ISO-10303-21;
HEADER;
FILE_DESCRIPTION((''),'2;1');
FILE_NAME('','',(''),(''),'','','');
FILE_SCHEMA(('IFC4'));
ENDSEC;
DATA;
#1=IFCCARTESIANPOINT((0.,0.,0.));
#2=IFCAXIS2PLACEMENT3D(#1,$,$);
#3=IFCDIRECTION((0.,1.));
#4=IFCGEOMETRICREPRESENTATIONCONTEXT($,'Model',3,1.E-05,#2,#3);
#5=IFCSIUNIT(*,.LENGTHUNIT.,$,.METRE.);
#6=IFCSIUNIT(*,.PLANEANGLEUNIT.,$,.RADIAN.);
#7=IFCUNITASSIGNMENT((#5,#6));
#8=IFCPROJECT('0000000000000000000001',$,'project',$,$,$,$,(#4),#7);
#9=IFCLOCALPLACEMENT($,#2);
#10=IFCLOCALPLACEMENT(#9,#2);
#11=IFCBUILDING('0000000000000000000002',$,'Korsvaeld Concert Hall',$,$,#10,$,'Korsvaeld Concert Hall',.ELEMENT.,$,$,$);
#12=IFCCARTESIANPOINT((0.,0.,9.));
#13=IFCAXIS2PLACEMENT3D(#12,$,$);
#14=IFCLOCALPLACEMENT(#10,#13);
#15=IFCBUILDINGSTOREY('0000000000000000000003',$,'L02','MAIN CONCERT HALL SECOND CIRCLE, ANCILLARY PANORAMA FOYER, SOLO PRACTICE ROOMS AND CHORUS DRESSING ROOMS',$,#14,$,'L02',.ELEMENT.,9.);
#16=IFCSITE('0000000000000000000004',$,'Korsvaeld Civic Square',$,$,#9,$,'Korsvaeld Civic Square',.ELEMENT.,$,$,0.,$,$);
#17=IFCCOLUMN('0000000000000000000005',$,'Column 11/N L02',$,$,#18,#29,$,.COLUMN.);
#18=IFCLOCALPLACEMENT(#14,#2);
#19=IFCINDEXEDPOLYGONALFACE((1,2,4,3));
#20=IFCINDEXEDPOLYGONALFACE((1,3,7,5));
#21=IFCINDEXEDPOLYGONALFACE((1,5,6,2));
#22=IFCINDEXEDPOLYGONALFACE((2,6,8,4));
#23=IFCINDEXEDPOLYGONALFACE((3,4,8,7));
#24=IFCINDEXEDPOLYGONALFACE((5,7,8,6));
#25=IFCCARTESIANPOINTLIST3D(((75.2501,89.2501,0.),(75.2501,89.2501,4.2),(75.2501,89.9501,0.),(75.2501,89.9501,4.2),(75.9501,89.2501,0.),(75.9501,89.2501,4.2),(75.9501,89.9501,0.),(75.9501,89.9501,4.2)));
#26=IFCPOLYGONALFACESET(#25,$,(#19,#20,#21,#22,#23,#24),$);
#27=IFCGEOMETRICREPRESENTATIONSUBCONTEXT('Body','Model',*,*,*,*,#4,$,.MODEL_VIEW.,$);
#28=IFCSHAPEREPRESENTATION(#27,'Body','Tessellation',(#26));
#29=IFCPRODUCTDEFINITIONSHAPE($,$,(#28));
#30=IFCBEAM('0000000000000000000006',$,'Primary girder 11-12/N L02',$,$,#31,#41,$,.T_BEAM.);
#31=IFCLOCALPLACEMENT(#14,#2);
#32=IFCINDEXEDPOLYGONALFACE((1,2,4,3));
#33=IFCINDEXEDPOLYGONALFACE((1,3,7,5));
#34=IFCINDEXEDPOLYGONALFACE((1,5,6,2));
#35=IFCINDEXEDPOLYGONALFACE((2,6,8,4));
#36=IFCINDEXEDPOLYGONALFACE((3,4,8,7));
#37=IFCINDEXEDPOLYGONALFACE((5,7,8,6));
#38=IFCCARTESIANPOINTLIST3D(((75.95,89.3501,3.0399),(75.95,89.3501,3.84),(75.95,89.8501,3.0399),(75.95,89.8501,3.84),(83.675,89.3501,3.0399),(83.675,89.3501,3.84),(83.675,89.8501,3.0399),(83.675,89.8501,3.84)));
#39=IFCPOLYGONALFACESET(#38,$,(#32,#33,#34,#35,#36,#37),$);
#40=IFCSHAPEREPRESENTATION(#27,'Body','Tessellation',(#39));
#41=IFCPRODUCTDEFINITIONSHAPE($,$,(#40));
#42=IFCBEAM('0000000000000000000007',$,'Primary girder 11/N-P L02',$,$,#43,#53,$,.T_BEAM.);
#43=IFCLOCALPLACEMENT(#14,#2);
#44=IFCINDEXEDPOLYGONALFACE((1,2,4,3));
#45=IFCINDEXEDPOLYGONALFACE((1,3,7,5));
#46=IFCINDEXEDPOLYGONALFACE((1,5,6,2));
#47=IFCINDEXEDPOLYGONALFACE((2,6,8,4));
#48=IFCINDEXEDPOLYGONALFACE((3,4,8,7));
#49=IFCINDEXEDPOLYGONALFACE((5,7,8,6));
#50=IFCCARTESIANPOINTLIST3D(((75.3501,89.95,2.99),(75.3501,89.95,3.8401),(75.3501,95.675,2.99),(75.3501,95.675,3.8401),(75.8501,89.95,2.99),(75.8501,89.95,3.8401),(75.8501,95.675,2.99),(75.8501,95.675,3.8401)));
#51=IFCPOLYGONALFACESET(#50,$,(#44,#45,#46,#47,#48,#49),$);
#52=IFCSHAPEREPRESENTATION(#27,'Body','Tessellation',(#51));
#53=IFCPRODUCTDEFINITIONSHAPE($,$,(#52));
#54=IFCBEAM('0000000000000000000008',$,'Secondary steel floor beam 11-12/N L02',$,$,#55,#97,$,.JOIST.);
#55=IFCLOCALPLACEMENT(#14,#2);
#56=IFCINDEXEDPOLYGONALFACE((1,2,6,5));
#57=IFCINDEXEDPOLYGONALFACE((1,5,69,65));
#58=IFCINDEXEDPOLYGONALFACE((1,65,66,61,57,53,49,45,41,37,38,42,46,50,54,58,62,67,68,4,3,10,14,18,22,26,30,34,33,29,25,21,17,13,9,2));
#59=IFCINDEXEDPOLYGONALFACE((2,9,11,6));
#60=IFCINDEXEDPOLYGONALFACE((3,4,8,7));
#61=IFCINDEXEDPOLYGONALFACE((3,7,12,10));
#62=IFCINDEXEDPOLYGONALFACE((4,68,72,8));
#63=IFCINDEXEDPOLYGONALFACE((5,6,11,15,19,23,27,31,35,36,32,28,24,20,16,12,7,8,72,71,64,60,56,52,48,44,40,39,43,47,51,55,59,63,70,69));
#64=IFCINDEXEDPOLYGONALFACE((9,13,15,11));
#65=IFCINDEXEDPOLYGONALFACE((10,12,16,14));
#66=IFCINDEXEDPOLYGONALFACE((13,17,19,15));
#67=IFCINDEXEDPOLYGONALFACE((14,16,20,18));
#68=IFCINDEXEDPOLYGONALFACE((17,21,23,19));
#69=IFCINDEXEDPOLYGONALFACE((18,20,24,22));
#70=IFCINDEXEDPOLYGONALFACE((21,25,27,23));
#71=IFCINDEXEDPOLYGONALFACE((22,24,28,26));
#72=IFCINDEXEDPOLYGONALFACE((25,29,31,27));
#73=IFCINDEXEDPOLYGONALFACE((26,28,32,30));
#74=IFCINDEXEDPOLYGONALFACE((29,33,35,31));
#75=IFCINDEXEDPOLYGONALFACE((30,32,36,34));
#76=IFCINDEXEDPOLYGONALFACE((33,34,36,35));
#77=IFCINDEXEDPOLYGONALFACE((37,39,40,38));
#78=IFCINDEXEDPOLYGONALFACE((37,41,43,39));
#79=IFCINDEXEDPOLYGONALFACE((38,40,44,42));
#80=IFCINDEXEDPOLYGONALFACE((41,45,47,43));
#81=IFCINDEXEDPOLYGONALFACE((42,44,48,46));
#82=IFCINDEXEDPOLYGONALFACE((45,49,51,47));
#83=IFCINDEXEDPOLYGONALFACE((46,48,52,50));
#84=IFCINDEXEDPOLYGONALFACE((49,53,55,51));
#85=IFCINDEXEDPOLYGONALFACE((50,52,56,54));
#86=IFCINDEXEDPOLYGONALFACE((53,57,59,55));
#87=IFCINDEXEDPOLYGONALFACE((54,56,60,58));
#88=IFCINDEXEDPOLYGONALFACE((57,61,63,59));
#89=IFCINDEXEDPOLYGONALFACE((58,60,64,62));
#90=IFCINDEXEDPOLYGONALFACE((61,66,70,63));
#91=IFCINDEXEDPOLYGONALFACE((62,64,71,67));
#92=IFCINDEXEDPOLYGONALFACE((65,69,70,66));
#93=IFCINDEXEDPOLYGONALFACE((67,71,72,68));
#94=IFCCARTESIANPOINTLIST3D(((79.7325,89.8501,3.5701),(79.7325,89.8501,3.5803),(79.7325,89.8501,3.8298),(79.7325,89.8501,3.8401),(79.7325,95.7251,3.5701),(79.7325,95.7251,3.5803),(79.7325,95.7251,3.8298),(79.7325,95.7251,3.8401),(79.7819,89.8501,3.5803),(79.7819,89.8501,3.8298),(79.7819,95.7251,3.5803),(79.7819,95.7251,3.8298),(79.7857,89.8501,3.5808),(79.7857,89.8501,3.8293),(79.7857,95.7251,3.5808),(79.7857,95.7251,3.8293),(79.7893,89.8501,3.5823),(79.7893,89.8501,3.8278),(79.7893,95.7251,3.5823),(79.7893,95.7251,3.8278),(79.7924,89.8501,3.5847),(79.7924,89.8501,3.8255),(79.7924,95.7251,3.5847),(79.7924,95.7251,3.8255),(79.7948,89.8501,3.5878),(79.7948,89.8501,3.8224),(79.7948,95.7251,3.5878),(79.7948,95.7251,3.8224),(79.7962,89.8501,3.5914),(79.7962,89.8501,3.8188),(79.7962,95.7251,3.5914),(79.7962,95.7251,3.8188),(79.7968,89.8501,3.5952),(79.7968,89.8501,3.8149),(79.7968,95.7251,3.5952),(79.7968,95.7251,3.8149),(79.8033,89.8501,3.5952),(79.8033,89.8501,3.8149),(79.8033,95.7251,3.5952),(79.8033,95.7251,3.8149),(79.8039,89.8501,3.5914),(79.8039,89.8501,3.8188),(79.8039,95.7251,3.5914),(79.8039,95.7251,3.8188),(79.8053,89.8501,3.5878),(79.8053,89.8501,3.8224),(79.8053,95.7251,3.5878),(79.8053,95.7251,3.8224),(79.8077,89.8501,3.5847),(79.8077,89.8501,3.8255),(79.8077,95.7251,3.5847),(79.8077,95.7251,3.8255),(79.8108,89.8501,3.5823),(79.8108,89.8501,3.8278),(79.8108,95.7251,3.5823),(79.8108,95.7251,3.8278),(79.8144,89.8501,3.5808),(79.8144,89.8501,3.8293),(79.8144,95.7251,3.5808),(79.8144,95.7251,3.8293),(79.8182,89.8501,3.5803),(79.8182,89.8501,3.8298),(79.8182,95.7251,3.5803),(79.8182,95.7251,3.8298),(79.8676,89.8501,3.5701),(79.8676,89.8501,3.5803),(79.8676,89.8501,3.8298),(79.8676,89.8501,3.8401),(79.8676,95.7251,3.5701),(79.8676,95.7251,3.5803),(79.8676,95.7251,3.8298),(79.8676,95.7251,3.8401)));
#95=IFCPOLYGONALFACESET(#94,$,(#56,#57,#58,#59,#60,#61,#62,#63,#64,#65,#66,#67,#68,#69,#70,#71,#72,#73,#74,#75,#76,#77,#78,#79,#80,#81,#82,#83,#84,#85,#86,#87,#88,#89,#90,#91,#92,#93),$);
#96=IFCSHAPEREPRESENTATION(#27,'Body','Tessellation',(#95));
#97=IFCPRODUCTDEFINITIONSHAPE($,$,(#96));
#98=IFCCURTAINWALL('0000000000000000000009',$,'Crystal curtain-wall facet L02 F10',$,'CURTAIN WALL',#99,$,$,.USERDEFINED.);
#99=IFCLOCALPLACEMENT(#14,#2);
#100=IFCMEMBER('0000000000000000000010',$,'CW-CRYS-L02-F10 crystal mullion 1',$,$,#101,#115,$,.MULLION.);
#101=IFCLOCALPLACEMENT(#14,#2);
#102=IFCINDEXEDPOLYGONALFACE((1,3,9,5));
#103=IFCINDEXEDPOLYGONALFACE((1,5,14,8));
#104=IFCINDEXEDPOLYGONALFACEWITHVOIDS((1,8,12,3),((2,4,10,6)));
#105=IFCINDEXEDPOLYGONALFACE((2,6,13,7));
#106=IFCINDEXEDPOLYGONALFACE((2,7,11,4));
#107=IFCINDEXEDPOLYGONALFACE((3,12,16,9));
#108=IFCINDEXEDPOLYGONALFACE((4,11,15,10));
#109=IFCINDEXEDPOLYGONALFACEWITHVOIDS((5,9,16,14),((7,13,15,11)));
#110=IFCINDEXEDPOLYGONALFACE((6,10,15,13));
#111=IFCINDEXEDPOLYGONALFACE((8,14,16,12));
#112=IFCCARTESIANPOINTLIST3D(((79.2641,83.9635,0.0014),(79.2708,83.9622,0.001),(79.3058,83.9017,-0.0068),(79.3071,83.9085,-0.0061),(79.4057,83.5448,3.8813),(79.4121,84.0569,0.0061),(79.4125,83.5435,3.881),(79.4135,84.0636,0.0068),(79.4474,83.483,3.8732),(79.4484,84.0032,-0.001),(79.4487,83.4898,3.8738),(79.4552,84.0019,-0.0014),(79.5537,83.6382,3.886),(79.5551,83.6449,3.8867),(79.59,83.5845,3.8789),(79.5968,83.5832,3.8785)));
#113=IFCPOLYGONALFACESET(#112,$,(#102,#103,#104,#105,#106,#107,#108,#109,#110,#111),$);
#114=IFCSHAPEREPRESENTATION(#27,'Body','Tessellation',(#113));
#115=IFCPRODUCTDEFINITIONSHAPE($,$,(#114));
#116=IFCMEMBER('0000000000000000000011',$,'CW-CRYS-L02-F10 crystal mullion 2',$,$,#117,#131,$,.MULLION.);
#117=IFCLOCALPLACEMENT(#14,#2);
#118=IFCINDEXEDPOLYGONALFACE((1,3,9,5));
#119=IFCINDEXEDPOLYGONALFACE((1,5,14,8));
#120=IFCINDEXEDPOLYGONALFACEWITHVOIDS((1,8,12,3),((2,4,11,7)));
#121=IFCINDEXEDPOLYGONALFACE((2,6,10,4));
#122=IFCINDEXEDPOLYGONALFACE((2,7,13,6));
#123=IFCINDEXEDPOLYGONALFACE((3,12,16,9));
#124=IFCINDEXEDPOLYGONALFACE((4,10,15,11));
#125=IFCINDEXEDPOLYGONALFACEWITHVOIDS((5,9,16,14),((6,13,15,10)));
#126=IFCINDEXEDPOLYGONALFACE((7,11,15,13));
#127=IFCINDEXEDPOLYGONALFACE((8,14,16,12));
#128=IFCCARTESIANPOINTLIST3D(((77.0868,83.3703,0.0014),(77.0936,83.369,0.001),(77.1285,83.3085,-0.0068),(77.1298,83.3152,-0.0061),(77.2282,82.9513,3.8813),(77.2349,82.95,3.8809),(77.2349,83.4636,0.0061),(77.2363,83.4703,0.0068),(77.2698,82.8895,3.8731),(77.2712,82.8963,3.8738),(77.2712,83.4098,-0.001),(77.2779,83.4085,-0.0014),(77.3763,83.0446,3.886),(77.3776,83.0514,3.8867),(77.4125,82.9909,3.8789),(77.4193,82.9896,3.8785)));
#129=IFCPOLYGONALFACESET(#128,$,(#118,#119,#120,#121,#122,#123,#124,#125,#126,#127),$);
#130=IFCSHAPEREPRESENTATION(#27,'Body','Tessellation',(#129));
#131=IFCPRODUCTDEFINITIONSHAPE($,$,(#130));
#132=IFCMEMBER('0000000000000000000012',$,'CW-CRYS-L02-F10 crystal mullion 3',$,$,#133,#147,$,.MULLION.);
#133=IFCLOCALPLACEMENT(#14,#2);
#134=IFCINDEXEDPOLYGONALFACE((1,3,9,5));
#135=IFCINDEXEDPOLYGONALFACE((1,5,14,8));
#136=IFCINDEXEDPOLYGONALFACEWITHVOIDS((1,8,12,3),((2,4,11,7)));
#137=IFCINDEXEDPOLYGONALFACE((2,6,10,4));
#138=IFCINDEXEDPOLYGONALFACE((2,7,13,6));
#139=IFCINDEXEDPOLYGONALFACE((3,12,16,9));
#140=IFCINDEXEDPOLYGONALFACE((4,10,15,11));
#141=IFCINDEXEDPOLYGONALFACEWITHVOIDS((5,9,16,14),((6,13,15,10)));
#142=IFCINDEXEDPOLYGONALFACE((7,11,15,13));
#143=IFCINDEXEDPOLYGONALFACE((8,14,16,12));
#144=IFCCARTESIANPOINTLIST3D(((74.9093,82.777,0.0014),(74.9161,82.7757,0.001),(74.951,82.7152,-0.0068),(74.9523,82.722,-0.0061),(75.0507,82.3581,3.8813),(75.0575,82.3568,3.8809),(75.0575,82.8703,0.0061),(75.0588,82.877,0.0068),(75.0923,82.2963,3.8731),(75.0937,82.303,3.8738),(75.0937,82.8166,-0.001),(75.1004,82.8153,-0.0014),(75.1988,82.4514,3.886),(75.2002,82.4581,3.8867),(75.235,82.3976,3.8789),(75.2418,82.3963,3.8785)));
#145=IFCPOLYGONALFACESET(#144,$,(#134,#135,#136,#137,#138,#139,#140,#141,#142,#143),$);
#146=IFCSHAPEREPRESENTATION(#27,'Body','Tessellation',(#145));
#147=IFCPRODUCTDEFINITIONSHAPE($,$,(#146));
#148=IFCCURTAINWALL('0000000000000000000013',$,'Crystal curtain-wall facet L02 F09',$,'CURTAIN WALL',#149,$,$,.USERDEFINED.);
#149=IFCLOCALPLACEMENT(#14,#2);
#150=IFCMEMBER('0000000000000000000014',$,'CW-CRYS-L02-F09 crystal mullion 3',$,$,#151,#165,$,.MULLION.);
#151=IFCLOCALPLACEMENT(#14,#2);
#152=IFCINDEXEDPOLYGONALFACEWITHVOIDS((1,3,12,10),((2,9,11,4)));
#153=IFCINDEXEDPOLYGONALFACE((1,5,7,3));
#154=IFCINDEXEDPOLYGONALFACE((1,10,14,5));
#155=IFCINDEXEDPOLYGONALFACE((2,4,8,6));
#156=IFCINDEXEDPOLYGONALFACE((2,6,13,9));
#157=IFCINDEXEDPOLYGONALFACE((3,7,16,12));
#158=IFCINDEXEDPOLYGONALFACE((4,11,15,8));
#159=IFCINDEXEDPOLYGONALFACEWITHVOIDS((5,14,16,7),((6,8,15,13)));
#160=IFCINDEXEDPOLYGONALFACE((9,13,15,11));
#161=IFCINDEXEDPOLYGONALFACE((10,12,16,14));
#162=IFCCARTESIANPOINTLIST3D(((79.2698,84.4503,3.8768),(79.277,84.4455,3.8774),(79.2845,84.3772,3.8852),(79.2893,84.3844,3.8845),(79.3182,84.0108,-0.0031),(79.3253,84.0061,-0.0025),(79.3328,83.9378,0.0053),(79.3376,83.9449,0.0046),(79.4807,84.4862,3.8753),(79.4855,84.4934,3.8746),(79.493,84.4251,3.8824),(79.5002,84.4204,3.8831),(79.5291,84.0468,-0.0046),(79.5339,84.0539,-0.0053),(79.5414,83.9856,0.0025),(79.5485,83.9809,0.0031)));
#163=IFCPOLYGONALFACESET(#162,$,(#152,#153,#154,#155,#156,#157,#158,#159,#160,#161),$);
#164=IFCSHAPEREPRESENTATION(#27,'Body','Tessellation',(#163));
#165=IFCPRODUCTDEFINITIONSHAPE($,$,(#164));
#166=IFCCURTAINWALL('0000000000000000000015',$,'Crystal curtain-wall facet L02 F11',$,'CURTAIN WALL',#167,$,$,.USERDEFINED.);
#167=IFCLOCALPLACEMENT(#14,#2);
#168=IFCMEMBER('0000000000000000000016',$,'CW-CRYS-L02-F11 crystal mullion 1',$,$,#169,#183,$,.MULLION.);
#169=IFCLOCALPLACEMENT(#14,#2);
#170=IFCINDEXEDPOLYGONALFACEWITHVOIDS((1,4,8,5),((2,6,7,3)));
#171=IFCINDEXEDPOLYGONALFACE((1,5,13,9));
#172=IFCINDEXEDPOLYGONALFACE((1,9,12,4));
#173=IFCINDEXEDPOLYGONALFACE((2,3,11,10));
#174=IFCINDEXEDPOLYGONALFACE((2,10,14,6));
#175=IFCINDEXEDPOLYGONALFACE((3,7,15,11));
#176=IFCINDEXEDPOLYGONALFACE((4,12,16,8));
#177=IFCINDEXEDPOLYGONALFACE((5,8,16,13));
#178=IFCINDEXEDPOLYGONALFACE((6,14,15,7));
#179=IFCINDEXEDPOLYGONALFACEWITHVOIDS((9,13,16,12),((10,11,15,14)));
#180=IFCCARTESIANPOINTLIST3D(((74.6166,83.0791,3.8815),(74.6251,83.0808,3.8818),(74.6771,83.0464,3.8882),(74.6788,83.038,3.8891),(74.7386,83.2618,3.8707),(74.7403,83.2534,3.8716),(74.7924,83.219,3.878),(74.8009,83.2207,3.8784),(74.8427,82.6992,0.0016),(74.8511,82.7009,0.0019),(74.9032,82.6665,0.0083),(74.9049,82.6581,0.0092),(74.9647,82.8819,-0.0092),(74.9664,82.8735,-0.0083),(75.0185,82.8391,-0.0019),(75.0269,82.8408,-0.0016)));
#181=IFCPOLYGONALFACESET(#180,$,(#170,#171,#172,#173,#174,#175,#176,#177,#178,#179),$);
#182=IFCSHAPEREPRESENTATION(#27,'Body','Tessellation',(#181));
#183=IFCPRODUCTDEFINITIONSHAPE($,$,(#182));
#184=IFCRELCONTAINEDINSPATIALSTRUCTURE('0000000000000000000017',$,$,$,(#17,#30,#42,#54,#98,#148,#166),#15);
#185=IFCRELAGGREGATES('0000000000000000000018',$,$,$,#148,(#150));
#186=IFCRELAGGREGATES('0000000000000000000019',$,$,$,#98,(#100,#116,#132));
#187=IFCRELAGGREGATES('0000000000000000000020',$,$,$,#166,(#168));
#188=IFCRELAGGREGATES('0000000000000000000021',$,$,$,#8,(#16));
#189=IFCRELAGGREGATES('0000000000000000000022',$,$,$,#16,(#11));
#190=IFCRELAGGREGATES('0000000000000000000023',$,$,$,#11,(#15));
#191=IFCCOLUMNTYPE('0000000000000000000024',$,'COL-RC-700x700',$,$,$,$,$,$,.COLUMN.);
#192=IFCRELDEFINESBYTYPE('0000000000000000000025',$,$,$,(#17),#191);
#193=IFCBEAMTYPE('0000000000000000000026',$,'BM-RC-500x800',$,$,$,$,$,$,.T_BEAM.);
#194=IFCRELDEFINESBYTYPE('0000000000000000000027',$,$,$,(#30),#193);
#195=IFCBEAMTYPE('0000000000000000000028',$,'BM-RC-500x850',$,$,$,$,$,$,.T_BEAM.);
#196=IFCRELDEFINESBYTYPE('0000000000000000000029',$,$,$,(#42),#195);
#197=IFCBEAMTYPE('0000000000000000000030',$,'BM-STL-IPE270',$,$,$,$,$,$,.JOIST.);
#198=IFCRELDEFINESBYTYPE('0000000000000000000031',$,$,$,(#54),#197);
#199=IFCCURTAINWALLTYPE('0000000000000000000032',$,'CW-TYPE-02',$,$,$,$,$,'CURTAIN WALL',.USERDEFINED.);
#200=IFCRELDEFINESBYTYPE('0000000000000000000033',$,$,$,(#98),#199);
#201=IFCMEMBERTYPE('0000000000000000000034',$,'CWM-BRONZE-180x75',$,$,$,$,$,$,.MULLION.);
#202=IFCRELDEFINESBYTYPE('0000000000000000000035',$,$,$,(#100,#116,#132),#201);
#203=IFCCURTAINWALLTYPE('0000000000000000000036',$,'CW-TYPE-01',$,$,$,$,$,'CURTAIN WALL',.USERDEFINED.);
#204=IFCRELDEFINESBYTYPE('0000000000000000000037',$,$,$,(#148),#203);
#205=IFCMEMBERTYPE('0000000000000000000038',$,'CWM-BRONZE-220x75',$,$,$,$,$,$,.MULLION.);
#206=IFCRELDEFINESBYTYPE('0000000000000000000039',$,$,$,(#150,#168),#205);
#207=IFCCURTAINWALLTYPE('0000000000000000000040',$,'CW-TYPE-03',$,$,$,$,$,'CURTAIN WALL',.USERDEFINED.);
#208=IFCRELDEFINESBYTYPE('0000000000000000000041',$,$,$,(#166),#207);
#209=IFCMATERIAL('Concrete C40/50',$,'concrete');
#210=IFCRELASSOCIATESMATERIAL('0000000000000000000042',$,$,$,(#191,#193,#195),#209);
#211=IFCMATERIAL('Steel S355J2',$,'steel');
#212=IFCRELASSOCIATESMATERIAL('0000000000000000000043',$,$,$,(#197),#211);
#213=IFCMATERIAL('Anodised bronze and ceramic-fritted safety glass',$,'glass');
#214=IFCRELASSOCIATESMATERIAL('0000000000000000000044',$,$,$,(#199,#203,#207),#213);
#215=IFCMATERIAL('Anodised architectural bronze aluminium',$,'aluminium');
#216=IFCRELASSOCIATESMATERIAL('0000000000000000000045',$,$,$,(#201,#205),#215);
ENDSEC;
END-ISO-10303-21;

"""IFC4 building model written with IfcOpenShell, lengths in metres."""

from ifc_helpers import new_model, si_unit, direction, frame, origin, origin_2d, place, context, subcontext, project, spatial, rectangle, hollow_rectangle, i_section, extrude, material, material_profile, profile_set, type_object, element, aggregate, save


model = new_model("IFC4")

# Units and contexts
model_context = context("Model", 3, precision=1e-05, world=origin(), true_north=direction((0.0, 1.0)))
body_context = subcontext(model_context, "Body", "Model", "MODEL_VIEW")
ifc_project = project(units=[si_unit("LENGTHUNIT", "METRE"), si_unit("PLANEANGLEUNIT", "RADIAN")], contexts=[model_context])

# Site, building, storey
site_placement = place(None, origin())
site = spatial("IfcSite", under=ifc_project, at=site_placement, Name="Korsvaeld Civic Square", LongName="Korsvaeld Civic Square", CompositionType="ELEMENT", RefElevation=0.0)
building_placement = place(site_placement, origin())
building = spatial("IfcBuilding", under=site, at=building_placement, Name="Korsvaeld Concert Hall", LongName="Korsvaeld Concert Hall", CompositionType="ELEMENT")
storey_placement = place(building_placement, frame((0.0, 0.0, 9.0)))
storey = spatial("IfcBuildingStorey", under=building, at=storey_placement, Name="L02", Description="MAIN CONCERT HALL SECOND CIRCLE, ANCILLARY PANORAMA FOYER, SOLO PRACTICE ROOMS AND CHORUS DRESSING ROOMS", LongName="L02", CompositionType="ELEMENT", Elevation=9.0)

# Column
ifc_material_1 = material(Name="Concrete C40/50", Category="concrete")
ifc_material_profile_1 = material_profile(ifc_material_1, rectangle(XDim=0.7, YDim=0.7, at=origin_2d()), Name="RC 700x700")
ifc_profile_set_1 = profile_set([ifc_material_profile_1], Name="Concrete C40/50")
column_type = type_object("IfcColumnType", Name="COL-RC-700x700", PredefinedType="COLUMN", material=ifc_profile_set_1)
column_placement = place(storey_placement, frame((75.6001, 89.6001, 0.0), z_axis=(0.0, 0.0, 1.0), x_axis=(1.0, 0.0, 0.0)))
element("IfcColumn", 1, at=column_placement, inside=storey, type_object=column_type, Name="Column 11/N L02", PredefinedType="COLUMN", context=body_context, shape_type="SweptSolid", body=[
    extrude(rectangle(XDim=0.7, YDim=0.7, at=origin_2d()), origin(), (0.0, 0.0, 1.0), 4.2),
])

# Beams
ifc_material_profile_2 = material_profile(ifc_material_1, rectangle(XDim=0.5, YDim=0.8, at=origin_2d()), Name="RC 500x800")
ifc_profile_set_2 = profile_set([ifc_material_profile_2], Name="Concrete C40/50")
beam_type_1 = type_object("IfcBeamType", Name="BM-RC-500x800", PredefinedType="T_BEAM", material=ifc_profile_set_2)
beam_1_placement = place(storey_placement, frame((75.95, 89.6001, 3.4399), z_axis=(1.0, 0.0, 0.0), x_axis=(0.0, 1.0, 0.0)))
element("IfcBeam", 2, at=beam_1_placement, inside=storey, type_object=beam_type_1, Name="Primary girder 11-12/N L02", PredefinedType="T_BEAM", context=body_context, shape_type="SweptSolid", body=[
    extrude(rectangle(XDim=0.5, YDim=0.8, at=origin_2d()), origin(), (0.0, 0.0, 1.0), 7.7251),
])
ifc_material_profile_3 = material_profile(ifc_material_1, rectangle(XDim=0.5, YDim=0.8501, at=origin_2d()), Name="RC 500x850")
ifc_profile_set_3 = profile_set([ifc_material_profile_3], Name="Concrete C40/50")
beam_type_2 = type_object("IfcBeamType", Name="BM-RC-500x850", PredefinedType="T_BEAM", material=ifc_profile_set_3)
beam_2_placement = place(storey_placement, frame((75.6001, 89.95, 3.415), z_axis=(0.0, 1.0, 0.0), x_axis=(-1.0, 0.0, 0.0)))
element("IfcBeam", 3, at=beam_2_placement, inside=storey, type_object=beam_type_2, Name="Primary girder 11/N-P L02", PredefinedType="T_BEAM", context=body_context, shape_type="SweptSolid", body=[
    extrude(rectangle(XDim=0.5, YDim=0.8501, at=origin_2d()), origin(), (0.0, 0.0, 1.0), 5.7251),
])
ifc_material_2 = material(Name="Steel S355J2", Category="steel")
ifc_material_profile_4 = material_profile(ifc_material_2, i_section(OverallWidth=0.135, OverallDepth=0.27, WebThickness=0.0066, FlangeThickness=0.0103, FilletRadius=0.0149, at=origin_2d()), Name="IPE 270")
ifc_profile_set_4 = profile_set([ifc_material_profile_4], Name="Steel S355J2")
beam_type_3 = type_object("IfcBeamType", Name="BM-STL-IPE270", PredefinedType="JOIST", material=ifc_profile_set_4)
beam_3_placement = place(storey_placement, frame((79.8, 89.8501, 3.7051), z_axis=(0.0, 1.0, 0.0), x_axis=(-1.0, 0.0, 0.0)))
element("IfcBeam", 4, at=beam_3_placement, inside=storey, type_object=beam_type_3, Name="Secondary steel floor beam 11-12/N L02", PredefinedType="JOIST", context=body_context, shape_type="SweptSolid", body=[
    extrude(i_section(OverallWidth=0.135, OverallDepth=0.27, WebThickness=0.0066, FlangeThickness=0.0103, FilletRadius=0.0149, at=origin_2d()), origin(), (0.0, 0.0, 1.0), 5.875),
])

# Curtain wall, members
ifc_material_3 = material(Name="Anodised bronze and ceramic-fritted safety glass", Category="glass")
curtain_wall_type_1 = type_object("IfcCurtainWallType", Name="CW-TYPE-02", ElementType="CURTAIN WALL", PredefinedType="USERDEFINED", material=ifc_material_3)
curtain_wall_1_placement = place(storey_placement, origin())
curtain_wall_1 = element("IfcCurtainWall", 5, at=curtain_wall_1_placement, inside=storey, type_object=curtain_wall_type_1, Name="Crystal curtain-wall facet L02 F10", ObjectType="CURTAIN WALL", PredefinedType="USERDEFINED")
ifc_material_4 = material(Name="Anodised architectural bronze aluminium", Category="aluminium")
ifc_material_profile_5 = material_profile(ifc_material_4, hollow_rectangle(XDim=0.075, YDim=0.1799, WallThickness=0.0049, at=origin_2d()), Name="CWM 180x75x5")
ifc_profile_set_5 = profile_set([ifc_material_profile_5], Name="Anodised architectural bronze aluminium")
member_type_1 = type_object("IfcMemberType", Name="CWM-BRONZE-180x75", PredefinedType="MULLION", material=ifc_profile_set_5)
member_1_placement = place(storey_placement, frame((79.3596, 83.9827, 0.0), z_axis=(0.036262, -0.107222, 0.993574), x_axis=(0.556164, -0.823866, -0.109206)))
member_1 = element("IfcMember", 6, at=member_1_placement, type_object=member_type_1, Name="CW-CRYS-L02-F10 crystal mullion 1", PredefinedType="MULLION", context=body_context, shape_type="SweptSolid", body=[
    extrude(hollow_rectangle(XDim=0.075, YDim=0.1799, WallThickness=0.0049, at=origin_2d()), origin(), (0.0, 0.0, 1.0), 3.905),
])
member_2_placement = place(storey_placement, frame((77.1824, 83.3894, 0.0), z_axis=(0.036199, -0.107284, 0.993569), x_axis=(0.555586, -0.824251, -0.109244)))
member_2 = element("IfcMember", 7, at=member_2_placement, type_object=member_type_1, Name="CW-CRYS-L02-F10 crystal mullion 2", PredefinedType="MULLION", context=body_context, shape_type="SweptSolid", body=[
    extrude(hollow_rectangle(XDim=0.075, YDim=0.1799, WallThickness=0.0049, at=origin_2d()), origin(), (0.0, 0.0, 1.0), 3.905),
])
member_3_placement = place(storey_placement, frame((75.0049, 82.7961, 0.0), z_axis=(0.036199, -0.107284, 0.993569), x_axis=(0.555586, -0.824251, -0.109244)))
member_3 = element("IfcMember", 8, at=member_3_placement, type_object=member_type_1, Name="CW-CRYS-L02-F10 crystal mullion 3", PredefinedType="MULLION", context=body_context, shape_type="SweptSolid", body=[
    extrude(hollow_rectangle(XDim=0.075, YDim=0.1799, WallThickness=0.0049, at=origin_2d()), origin(), (0.0, 0.0, 1.0), 3.905),
])

# Curtain walls, members
curtain_wall_type_2 = type_object("IfcCurtainWallType", Name="CW-TYPE-01", ElementType="CURTAIN WALL", PredefinedType="USERDEFINED", material=ifc_material_3)
curtain_wall_2_placement = place(storey_placement, origin())
curtain_wall_2 = element("IfcCurtainWall", 9, at=curtain_wall_2_placement, inside=storey, type_object=curtain_wall_type_2, Name="Crystal curtain-wall facet L02 F09", ObjectType="CURTAIN WALL", PredefinedType="USERDEFINED")
ifc_material_profile_6 = material_profile(ifc_material_4, hollow_rectangle(XDim=0.075, YDim=0.22, WallThickness=0.0061, at=origin_2d()), Name="CWM 220x75x6")
ifc_profile_set_6 = profile_set([ifc_material_profile_6], Name="Anodised architectural bronze aluminium")
member_type_2 = type_object("IfcMemberType", Name="CWM-BRONZE-220x75", PredefinedType="MULLION", material=ifc_profile_set_6)
member_4_placement = place(storey_placement, frame((79.4333, 83.9958, 0.0), z_axis=(-0.012379, 0.112536, 0.993571), x_axis=(-0.195828, 0.974132, -0.112774)))
member_4 = element("IfcMember", 10, at=member_4_placement, type_object=member_type_2, Name="CW-CRYS-L02-F09 crystal mullion 3", PredefinedType="MULLION", context=body_context, shape_type="SweptSolid", body=[
    extrude(hollow_rectangle(XDim=0.075, YDim=0.22, WallThickness=0.0061, at=origin_2d()), origin(), (0.0, 0.0, 1.0), 3.905),
])
curtain_wall_type_3 = type_object("IfcCurtainWallType", Name="CW-TYPE-03", ElementType="CURTAIN WALL", PredefinedType="USERDEFINED", material=ifc_material_3)
curtain_wall_3_placement = place(storey_placement, origin())
curtain_wall_3 = element("IfcCurtainWall", 11, at=curtain_wall_3_placement, inside=storey, type_object=curtain_wall_type_3, Name="Crystal curtain-wall facet L02 F11", ObjectType="CURTAIN WALL", PredefinedType="USERDEFINED")
member_5_placement = place(storey_placement, frame((74.9348, 82.77, 0.0), z_axis=(-0.057894, 0.097281, 0.993572), x_axis=(-0.829999, 0.548349, -0.102052)))
member_5 = element("IfcMember", 12, at=member_5_placement, type_object=member_type_2, Name="CW-CRYS-L02-F11 crystal mullion 1", PredefinedType="MULLION", context=body_context, shape_type="SweptSolid", body=[
    extrude(hollow_rectangle(XDim=0.075, YDim=0.22, WallThickness=0.0061, at=origin_2d()), origin(), (0.0, 0.0, 1.0), 3.905),
])

aggregate(curtain_wall_2, [member_4])
aggregate(curtain_wall_1, [member_1, member_2, member_3])
aggregate(curtain_wall_3, [member_5])

save(model, "model.ifc")
